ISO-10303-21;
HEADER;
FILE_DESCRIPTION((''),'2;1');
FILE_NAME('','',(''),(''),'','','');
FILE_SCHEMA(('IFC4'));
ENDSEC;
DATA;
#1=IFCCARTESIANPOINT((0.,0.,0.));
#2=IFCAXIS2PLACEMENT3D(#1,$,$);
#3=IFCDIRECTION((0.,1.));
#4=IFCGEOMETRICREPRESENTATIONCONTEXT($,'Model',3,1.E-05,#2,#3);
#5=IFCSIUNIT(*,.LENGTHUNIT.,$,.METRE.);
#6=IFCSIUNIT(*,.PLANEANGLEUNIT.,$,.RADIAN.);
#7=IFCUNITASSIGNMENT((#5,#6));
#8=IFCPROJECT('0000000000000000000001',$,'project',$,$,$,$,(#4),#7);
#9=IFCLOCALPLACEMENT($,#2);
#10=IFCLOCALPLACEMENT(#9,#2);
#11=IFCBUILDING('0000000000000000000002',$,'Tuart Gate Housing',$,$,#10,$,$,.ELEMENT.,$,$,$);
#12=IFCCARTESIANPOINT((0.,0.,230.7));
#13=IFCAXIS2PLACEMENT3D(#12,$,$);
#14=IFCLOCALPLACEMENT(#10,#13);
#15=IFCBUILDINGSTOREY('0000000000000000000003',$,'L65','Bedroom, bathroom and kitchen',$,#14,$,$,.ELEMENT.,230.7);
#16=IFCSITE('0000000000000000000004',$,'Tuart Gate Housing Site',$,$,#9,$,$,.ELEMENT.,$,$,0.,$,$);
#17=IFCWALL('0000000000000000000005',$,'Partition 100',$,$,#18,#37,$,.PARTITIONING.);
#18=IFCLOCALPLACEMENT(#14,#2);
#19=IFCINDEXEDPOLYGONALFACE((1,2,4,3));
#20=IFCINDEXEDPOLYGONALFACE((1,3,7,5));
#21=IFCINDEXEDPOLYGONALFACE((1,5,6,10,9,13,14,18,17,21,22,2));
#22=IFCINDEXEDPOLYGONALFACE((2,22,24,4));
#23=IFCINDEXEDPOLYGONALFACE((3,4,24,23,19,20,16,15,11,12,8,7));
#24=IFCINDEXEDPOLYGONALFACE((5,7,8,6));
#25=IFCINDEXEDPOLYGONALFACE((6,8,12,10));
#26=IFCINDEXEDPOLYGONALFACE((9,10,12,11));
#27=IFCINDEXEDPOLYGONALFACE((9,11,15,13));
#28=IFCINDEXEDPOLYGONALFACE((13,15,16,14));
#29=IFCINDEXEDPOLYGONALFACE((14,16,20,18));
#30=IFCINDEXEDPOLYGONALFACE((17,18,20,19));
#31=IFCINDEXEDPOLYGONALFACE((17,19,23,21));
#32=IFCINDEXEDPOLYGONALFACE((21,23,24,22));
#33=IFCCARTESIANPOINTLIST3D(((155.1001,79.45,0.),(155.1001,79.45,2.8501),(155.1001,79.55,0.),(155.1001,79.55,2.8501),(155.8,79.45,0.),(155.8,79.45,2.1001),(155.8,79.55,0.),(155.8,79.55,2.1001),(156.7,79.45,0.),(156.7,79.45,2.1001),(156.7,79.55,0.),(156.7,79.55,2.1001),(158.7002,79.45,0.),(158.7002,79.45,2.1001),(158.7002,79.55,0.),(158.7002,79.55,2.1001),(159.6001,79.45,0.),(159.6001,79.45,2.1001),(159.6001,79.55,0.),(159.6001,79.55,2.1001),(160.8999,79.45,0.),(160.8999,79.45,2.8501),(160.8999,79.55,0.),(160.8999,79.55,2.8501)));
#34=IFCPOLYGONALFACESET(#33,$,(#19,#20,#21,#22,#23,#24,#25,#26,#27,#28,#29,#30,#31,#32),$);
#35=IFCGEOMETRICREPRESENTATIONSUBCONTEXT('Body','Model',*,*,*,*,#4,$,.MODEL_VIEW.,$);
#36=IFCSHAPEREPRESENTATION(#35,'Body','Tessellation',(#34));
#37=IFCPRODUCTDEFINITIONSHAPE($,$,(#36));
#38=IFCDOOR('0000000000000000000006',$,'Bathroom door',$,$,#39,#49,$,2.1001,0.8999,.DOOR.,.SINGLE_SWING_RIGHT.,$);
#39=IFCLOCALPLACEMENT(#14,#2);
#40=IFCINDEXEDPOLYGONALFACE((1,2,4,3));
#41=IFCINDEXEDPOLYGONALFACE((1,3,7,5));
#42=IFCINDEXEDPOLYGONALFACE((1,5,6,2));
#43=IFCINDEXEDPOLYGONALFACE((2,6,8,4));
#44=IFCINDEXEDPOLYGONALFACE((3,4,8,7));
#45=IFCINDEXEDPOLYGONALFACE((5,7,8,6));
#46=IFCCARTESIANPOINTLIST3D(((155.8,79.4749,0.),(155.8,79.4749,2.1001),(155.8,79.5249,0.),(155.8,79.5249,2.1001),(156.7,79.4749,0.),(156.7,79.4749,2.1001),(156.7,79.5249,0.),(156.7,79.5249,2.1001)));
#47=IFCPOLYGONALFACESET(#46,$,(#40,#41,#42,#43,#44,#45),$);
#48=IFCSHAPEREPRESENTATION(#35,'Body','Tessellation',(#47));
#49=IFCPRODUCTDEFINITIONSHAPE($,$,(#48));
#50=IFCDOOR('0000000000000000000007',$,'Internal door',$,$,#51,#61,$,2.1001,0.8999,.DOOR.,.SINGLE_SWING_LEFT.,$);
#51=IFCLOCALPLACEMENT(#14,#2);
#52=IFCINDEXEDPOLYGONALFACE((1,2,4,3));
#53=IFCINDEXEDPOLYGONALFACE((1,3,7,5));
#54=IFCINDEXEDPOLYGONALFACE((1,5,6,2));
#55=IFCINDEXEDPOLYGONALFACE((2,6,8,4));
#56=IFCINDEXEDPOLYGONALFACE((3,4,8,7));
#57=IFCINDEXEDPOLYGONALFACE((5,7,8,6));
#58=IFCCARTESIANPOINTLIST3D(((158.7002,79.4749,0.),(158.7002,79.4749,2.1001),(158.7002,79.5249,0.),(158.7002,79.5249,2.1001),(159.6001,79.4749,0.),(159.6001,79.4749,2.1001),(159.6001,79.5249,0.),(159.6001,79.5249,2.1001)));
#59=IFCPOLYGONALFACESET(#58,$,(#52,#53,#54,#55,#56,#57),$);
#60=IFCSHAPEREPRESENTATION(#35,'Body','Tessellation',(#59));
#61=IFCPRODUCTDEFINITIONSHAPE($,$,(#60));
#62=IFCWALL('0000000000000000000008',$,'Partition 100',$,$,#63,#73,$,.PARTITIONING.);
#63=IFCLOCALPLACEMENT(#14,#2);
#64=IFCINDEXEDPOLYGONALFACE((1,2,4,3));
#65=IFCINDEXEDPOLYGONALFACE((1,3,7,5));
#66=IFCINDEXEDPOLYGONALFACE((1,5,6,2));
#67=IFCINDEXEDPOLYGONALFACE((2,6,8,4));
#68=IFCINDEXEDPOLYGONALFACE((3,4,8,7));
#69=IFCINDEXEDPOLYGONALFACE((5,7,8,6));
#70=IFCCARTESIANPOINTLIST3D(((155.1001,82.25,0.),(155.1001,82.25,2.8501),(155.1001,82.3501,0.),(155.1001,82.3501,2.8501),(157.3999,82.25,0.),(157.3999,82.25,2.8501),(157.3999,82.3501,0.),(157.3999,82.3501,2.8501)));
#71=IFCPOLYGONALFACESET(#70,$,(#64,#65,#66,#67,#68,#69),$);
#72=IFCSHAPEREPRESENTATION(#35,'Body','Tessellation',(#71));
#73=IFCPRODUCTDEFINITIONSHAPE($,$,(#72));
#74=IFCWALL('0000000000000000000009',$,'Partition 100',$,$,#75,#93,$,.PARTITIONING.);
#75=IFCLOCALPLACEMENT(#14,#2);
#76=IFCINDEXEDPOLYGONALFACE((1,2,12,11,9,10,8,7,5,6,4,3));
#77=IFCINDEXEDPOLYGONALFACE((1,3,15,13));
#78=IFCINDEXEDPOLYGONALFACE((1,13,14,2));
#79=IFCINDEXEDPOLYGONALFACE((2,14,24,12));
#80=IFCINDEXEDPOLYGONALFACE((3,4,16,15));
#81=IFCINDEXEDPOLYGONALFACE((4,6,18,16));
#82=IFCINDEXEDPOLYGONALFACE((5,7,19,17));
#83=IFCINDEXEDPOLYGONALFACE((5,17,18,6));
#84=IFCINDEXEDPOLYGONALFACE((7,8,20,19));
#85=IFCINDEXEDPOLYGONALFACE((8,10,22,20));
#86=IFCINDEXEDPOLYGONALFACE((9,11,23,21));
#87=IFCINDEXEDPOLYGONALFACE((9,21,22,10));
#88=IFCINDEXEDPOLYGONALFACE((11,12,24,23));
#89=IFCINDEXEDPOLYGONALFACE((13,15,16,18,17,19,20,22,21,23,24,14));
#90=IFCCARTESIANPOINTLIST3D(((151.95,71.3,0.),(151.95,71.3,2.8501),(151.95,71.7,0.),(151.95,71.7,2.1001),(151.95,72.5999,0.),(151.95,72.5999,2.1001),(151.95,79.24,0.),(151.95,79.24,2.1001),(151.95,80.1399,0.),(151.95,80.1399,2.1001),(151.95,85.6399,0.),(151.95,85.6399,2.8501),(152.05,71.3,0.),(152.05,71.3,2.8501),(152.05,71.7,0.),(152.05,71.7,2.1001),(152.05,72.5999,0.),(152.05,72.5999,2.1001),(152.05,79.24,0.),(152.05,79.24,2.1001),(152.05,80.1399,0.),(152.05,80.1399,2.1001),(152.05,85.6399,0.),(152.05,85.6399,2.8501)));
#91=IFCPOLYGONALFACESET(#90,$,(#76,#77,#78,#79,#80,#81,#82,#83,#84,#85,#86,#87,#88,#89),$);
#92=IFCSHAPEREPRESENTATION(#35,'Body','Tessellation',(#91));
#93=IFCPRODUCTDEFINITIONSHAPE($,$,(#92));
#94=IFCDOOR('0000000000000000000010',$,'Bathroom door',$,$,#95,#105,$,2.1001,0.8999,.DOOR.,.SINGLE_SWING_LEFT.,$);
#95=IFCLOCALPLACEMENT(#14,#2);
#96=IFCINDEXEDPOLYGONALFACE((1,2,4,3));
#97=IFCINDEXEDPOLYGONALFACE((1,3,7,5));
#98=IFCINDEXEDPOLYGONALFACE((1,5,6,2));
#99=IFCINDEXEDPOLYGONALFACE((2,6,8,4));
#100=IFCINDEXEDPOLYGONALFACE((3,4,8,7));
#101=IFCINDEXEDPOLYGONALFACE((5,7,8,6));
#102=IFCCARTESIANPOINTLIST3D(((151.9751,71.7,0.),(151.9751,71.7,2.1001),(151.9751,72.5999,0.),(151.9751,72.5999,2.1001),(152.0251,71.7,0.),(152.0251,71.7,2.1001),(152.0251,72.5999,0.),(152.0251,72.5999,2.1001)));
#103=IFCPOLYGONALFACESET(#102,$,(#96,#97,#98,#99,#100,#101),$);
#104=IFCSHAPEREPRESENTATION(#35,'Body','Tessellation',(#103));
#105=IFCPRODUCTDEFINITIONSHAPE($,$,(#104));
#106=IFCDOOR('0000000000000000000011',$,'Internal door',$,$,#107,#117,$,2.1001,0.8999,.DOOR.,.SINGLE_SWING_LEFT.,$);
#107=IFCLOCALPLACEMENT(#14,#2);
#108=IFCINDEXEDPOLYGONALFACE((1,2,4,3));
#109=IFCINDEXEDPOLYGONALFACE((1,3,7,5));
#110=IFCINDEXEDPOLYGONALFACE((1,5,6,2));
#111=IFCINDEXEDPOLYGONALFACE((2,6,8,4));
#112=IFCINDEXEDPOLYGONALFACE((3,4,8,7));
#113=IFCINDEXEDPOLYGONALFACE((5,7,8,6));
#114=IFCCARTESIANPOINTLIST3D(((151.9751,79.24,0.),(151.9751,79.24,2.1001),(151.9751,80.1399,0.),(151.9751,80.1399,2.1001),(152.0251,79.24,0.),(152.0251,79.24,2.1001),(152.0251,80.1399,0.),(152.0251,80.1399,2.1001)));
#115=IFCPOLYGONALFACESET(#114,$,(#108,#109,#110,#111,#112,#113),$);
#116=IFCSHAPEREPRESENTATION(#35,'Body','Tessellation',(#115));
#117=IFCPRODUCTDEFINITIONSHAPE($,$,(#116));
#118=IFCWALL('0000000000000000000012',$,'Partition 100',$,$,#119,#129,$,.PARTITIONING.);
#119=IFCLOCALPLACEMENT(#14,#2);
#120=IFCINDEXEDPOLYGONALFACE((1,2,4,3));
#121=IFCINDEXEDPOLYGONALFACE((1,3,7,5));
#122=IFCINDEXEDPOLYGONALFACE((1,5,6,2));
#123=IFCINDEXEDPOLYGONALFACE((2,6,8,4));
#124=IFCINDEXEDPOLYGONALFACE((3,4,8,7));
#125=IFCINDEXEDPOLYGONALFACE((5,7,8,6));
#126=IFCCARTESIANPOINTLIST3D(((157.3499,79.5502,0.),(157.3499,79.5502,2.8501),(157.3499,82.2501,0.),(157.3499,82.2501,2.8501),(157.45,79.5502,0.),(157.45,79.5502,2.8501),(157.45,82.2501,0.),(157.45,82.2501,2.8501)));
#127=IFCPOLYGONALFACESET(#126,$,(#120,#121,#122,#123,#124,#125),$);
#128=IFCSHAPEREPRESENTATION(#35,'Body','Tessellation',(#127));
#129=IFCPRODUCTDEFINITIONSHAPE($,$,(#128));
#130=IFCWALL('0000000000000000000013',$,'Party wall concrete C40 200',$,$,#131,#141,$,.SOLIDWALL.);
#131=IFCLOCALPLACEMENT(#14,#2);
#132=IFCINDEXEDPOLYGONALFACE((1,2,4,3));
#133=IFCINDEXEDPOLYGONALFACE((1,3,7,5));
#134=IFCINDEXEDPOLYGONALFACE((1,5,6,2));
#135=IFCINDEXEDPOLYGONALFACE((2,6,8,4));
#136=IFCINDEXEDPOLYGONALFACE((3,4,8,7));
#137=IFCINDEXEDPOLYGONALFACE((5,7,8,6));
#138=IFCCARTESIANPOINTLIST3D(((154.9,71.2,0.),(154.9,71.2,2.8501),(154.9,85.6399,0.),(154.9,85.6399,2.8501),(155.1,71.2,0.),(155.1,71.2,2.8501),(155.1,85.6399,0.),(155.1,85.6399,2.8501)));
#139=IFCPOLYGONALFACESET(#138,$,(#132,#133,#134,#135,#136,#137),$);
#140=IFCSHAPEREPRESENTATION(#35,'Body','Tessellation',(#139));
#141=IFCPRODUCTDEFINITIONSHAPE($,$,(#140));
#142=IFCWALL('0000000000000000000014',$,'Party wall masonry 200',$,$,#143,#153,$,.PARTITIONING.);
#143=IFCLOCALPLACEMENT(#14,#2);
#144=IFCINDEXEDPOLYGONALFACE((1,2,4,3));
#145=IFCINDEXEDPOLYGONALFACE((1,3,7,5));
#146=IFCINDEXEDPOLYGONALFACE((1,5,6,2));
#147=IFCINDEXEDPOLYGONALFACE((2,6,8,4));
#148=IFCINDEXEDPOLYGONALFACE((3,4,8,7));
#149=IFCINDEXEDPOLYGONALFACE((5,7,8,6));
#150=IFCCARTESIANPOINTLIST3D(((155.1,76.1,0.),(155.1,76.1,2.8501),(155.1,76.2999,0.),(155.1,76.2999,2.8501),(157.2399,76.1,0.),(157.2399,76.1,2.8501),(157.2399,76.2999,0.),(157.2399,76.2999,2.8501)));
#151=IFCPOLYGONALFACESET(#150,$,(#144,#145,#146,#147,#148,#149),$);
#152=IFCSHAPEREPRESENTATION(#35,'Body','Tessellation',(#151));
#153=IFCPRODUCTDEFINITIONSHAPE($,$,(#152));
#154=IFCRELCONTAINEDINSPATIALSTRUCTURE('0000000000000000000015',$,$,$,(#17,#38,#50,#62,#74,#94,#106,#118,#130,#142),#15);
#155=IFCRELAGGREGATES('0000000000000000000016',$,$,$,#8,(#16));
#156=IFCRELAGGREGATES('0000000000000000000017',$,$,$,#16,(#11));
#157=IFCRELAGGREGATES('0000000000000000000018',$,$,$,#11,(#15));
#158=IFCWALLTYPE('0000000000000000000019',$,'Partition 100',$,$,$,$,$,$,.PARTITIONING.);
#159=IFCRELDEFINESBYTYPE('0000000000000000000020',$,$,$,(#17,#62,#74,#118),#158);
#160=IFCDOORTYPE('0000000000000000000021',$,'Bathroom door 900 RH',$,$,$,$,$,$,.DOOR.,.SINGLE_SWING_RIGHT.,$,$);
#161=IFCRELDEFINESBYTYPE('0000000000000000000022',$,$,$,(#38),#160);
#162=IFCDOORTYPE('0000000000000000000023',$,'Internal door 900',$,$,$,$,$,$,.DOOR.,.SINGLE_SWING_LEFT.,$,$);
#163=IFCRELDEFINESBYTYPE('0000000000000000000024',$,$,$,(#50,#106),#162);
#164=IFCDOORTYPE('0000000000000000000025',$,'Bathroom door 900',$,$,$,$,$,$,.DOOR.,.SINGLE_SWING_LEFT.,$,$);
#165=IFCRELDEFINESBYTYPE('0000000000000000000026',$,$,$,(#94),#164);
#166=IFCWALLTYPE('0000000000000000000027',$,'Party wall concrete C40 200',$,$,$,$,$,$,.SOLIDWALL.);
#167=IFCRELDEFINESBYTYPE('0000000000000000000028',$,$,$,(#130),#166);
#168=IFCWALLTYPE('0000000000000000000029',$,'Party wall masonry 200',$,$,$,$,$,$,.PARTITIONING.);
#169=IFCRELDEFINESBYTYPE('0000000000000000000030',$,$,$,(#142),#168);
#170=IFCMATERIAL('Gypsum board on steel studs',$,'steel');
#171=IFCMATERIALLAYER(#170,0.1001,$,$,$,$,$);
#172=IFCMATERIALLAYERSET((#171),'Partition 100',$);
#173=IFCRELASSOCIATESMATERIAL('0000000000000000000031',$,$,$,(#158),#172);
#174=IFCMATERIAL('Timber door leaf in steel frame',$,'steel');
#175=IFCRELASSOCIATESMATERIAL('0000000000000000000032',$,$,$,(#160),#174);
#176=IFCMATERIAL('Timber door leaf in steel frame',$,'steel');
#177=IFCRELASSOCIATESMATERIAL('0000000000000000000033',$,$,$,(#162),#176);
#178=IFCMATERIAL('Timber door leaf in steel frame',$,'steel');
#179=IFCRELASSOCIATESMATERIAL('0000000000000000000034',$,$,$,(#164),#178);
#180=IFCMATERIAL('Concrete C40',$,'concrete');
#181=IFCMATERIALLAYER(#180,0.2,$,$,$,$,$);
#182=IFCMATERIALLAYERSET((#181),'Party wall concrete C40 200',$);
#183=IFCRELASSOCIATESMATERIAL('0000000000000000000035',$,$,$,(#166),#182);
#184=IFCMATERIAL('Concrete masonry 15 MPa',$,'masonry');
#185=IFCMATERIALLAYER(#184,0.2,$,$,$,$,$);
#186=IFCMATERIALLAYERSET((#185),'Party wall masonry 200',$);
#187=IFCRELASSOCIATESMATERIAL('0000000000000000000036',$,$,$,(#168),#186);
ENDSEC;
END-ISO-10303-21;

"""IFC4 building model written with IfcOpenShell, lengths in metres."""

from ifc_helpers import new_model, si_unit, direction, frame, frame_2d, origin, place, context, subcontext, project, spatial, rectangle, extrude, material, layer, layer_set, type_object, element, fill, save


model = new_model("IFC4")

# Units and contexts
model_context = context("Model", 3, precision=1e-05, world=origin(), true_north=direction((0.0, 1.0)))
body_context = subcontext(model_context, "Body", "Model", "MODEL_VIEW")
ifc_project = project(units=[si_unit("LENGTHUNIT", "METRE"), si_unit("PLANEANGLEUNIT", "RADIAN")], contexts=[model_context])

# Site, building, storey
site_placement = place(None, origin())
site = spatial("IfcSite", under=ifc_project, at=site_placement, Name="Tuart Gate Housing Site", CompositionType="ELEMENT", RefElevation=0.0)
building_placement = place(site_placement, origin())
building = spatial("IfcBuilding", under=site, at=building_placement, Name="Tuart Gate Housing", CompositionType="ELEMENT")
storey_placement = place(building_placement, frame((0.0, 0.0, 230.7)))
storey = spatial("IfcBuildingStorey", under=building, at=storey_placement, Name="L65", Description="Bedroom, bathroom and kitchen", CompositionType="ELEMENT", Elevation=230.7)

# Wall, openings, doors
ifc_material_1 = material(Name="Gypsum board on steel studs", Category="steel")
ifc_layer_1 = layer(ifc_material_1, 0.1001)
ifc_layer_set_1 = layer_set([ifc_layer_1], Name="Partition 100")
wall_type_1 = type_object("IfcWallType", Name="Partition 100", PredefinedType="PARTITIONING", material=ifc_layer_set_1)
wall_1_placement = place(storey_placement, frame((155.1001, 79.5, 0.0), z_axis=(0.0, 0.0, 1.0), x_axis=(1.0, 0.0, 0.0)))
wall_1 = element("IfcWall", 1, at=wall_1_placement, inside=storey, type_object=wall_type_1, Name="Partition 100", PredefinedType="PARTITIONING", context=body_context, shape_type="SweptSolid", body=[
    extrude(rectangle(XDim=5.7998, YDim=0.1001, at=frame_2d((2.8999, 0.0))), origin(), (0.0, 0.0, 1.0), 2.8501),
])
opening_1_placement = place(wall_1_placement, frame((3.6001, 0.0, 0.0)))
opening_1 = element("IfcOpeningElement", 2, at=opening_1_placement, cuts=wall_1, PredefinedType="OPENING", context=body_context, shape_type="SweptSolid", body=[
    extrude(rectangle(XDim=0.8999, YDim=2.1001, at=frame_2d((0.45, 1.05))), frame((0.0, 0.0601, 0.0), z_axis=(0.0, -1.0, 0.0), x_axis=(1.0, 0.0, 0.0)), (0.0, 0.0, 1.0), 0.1201),
])
opening_2_placement = place(wall_1_placement, frame((0.7, 0.0, 0.0)))
opening_2 = element("IfcOpeningElement", 3, at=opening_2_placement, cuts=wall_1, PredefinedType="OPENING", context=body_context, shape_type="SweptSolid", body=[
    extrude(rectangle(XDim=0.8999, YDim=2.1001, at=frame_2d((0.45, 1.05))), frame((0.0, 0.0601, 0.0), z_axis=(0.0, -1.0, 0.0), x_axis=(1.0, 0.0, 0.0)), (0.0, 0.0, 1.0), 0.1201),
])
ifc_material_2 = material(Name="Timber door leaf in steel frame", Category="steel")
door_type_1 = type_object("IfcDoorType", Name="Bathroom door 900 RH", OperationType="SINGLE_SWING_RIGHT", PredefinedType="DOOR", material=ifc_material_2)
door_1_placement = place(opening_2_placement, origin())
door_1 = element("IfcDoor", 4, at=door_1_placement, inside=storey, type_object=door_type_1, Name="Bathroom door", OperationType="SINGLE_SWING_RIGHT", OverallHeight=2.1001, OverallWidth=0.8999, PredefinedType="DOOR", context=body_context, shape_type="SweptSolid", body=[
    extrude(rectangle(XDim=0.8999, YDim=2.1001, at=frame_2d((0.45, 1.05))), frame((0.0, 0.0249, 0.0), z_axis=(0.0, -1.0, 0.0), x_axis=(1.0, 0.0, 0.0)), (0.0, 0.0, 1.0), 0.05),
])
fill(opening_2, door_1)
ifc_material_3 = material(Name="Timber door leaf in steel frame", Category="steel")
door_type_2 = type_object("IfcDoorType", Name="Internal door 900", OperationType="SINGLE_SWING_LEFT", PredefinedType="DOOR", material=ifc_material_3)
door_2_placement = place(opening_1_placement, origin())
door_2 = element("IfcDoor", 5, at=door_2_placement, inside=storey, type_object=door_type_2, Name="Internal door", OperationType="SINGLE_SWING_LEFT", OverallHeight=2.1001, OverallWidth=0.8999, PredefinedType="DOOR", context=body_context, shape_type="SweptSolid", body=[
    extrude(rectangle(XDim=0.8999, YDim=2.1001, at=frame_2d((0.45, 1.05))), frame((0.0, 0.0249, 0.0), z_axis=(0.0, -1.0, 0.0), x_axis=(1.0, 0.0, 0.0)), (0.0, 0.0, 1.0), 0.05),
])
fill(opening_1, door_2)

# Wall
wall_2_placement = place(storey_placement, frame((155.1001, 82.3, 0.0), z_axis=(0.0, 0.0, 1.0), x_axis=(1.0, 0.0, 0.0)))
element("IfcWall", 6, at=wall_2_placement, inside=storey, type_object=wall_type_1, Name="Partition 100", PredefinedType="PARTITIONING", context=body_context, shape_type="SweptSolid", body=[
    extrude(rectangle(XDim=2.2998, YDim=0.1001, at=frame_2d((1.1499, 0.0))), origin(), (0.0, 0.0, 1.0), 2.8501),
])

# Wall, openings, doors
wall_3_placement = place(storey_placement, frame((152.0, 71.3, 0.0), z_axis=(0.0, 0.0, 1.0), x_axis=(0.0, 1.0, 0.0)))
wall_3 = element("IfcWall", 7, at=wall_3_placement, inside=storey, type_object=wall_type_1, Name="Partition 100", PredefinedType="PARTITIONING", context=body_context, shape_type="SweptSolid", body=[
    extrude(rectangle(XDim=14.3398, YDim=0.1001, at=frame_2d((7.1699, 0.0))), origin(), (0.0, 0.0, 1.0), 2.8501),
])
opening_3_placement = place(wall_3_placement, frame((7.9399, 0.0, 0.0)))
opening_3 = element("IfcOpeningElement", 8, at=opening_3_placement, cuts=wall_3, PredefinedType="OPENING", context=body_context, shape_type="SweptSolid", body=[
    extrude(rectangle(XDim=0.8999, YDim=2.1001, at=frame_2d((0.45, 1.05))), frame((0.0, 0.0601, 0.0), z_axis=(0.0, -1.0, 0.0), x_axis=(1.0, 0.0, 0.0)), (0.0, 0.0, 1.0), 0.1201),
])
opening_4_placement = place(wall_3_placement, frame((0.3999, 0.0, 0.0)))
opening_4 = element("IfcOpeningElement", 9, at=opening_4_placement, cuts=wall_3, PredefinedType="OPENING", context=body_context, shape_type="SweptSolid", body=[
    extrude(rectangle(XDim=0.8999, YDim=2.1001, at=frame_2d((0.45, 1.05))), frame((0.0, 0.0601, 0.0), z_axis=(0.0, -1.0, 0.0), x_axis=(1.0, 0.0, 0.0)), (0.0, 0.0, 1.0), 0.1201),
])
ifc_material_4 = material(Name="Timber door leaf in steel frame", Category="steel")
door_type_3 = type_object("IfcDoorType", Name="Bathroom door 900", OperationType="SINGLE_SWING_LEFT", PredefinedType="DOOR", material=ifc_material_4)
door_3_placement = place(opening_4_placement, origin())
door_3 = element("IfcDoor", 10, at=door_3_placement, inside=storey, type_object=door_type_3, Name="Bathroom door", OperationType="SINGLE_SWING_LEFT", OverallHeight=2.1001, OverallWidth=0.8999, PredefinedType="DOOR", context=body_context, shape_type="SweptSolid", body=[
    extrude(rectangle(XDim=0.8999, YDim=2.1001, at=frame_2d((0.45, 1.05))), frame((0.0, 0.0249, 0.0), z_axis=(0.0, -1.0, 0.0), x_axis=(1.0, 0.0, 0.0)), (0.0, 0.0, 1.0), 0.05),
])
fill(opening_4, door_3)
door_4_placement = place(opening_3_placement, origin())
door_4 = element("IfcDoor", 11, at=door_4_placement, inside=storey, type_object=door_type_2, Name="Internal door", OperationType="SINGLE_SWING_LEFT", OverallHeight=2.1001, OverallWidth=0.8999, PredefinedType="DOOR", context=body_context, shape_type="SweptSolid", body=[
    extrude(rectangle(XDim=0.8999, YDim=2.1001, at=frame_2d((0.45, 1.05))), frame((0.0, 0.0249, 0.0), z_axis=(0.0, -1.0, 0.0), x_axis=(1.0, 0.0, 0.0)), (0.0, 0.0, 1.0), 0.05),
])
fill(opening_3, door_4)

# Walls
wall_4_placement = place(storey_placement, frame((157.3999, 79.55, 0.0), z_axis=(0.0, 0.0, 1.0), x_axis=(0.0, 1.0, 0.0)))
element("IfcWall", 12, at=wall_4_placement, inside=storey, type_object=wall_type_1, Name="Partition 100", PredefinedType="PARTITIONING", context=body_context, shape_type="SweptSolid", body=[
    extrude(rectangle(XDim=2.7, YDim=0.1001, at=frame_2d((1.3501, 0.0))), origin(), (0.0, 0.0, 1.0), 2.8501),
])
ifc_material_5 = material(Name="Concrete C40", Category="concrete")
ifc_layer_2 = layer(ifc_material_5, 0.2)
ifc_layer_set_2 = layer_set([ifc_layer_2], Name="Party wall concrete C40 200")
wall_type_2 = type_object("IfcWallType", Name="Party wall concrete C40 200", PredefinedType="SOLIDWALL", material=ifc_layer_set_2)
wall_5_placement = place(storey_placement, frame((155.0, 71.2, 0.0), z_axis=(0.0, 0.0, 1.0), x_axis=(0.0, 1.0, 0.0)))
element("IfcWall", 13, at=wall_5_placement, inside=storey, type_object=wall_type_2, Name="Party wall concrete C40 200", PredefinedType="SOLIDWALL", context=body_context, shape_type="SweptSolid", body=[
    extrude(rectangle(XDim=14.4399, YDim=0.2, at=frame_2d((7.22, 0.0))), origin(), (0.0, 0.0, 1.0), 2.8501),
])
ifc_material_6 = material(Name="Concrete masonry 15 MPa", Category="masonry")
ifc_layer_3 = layer(ifc_material_6, 0.2)
ifc_layer_set_3 = layer_set([ifc_layer_3], Name="Party wall masonry 200")
wall_type_3 = type_object("IfcWallType", Name="Party wall masonry 200", PredefinedType="PARTITIONING", material=ifc_layer_set_3)
wall_6_placement = place(storey_placement, frame((155.1001, 76.2, 0.0), z_axis=(0.0, 0.0, 1.0), x_axis=(1.0, 0.0, 0.0)))
element("IfcWall", 14, at=wall_6_placement, inside=storey, type_object=wall_type_3, Name="Party wall masonry 200", PredefinedType="PARTITIONING", context=body_context, shape_type="SweptSolid", body=[
    extrude(rectangle(XDim=2.1399, YDim=0.2, at=frame_2d((1.0698, 0.0))), origin(), (0.0, 0.0, 1.0), 2.8501),
])

save(model, "model.ifc")
